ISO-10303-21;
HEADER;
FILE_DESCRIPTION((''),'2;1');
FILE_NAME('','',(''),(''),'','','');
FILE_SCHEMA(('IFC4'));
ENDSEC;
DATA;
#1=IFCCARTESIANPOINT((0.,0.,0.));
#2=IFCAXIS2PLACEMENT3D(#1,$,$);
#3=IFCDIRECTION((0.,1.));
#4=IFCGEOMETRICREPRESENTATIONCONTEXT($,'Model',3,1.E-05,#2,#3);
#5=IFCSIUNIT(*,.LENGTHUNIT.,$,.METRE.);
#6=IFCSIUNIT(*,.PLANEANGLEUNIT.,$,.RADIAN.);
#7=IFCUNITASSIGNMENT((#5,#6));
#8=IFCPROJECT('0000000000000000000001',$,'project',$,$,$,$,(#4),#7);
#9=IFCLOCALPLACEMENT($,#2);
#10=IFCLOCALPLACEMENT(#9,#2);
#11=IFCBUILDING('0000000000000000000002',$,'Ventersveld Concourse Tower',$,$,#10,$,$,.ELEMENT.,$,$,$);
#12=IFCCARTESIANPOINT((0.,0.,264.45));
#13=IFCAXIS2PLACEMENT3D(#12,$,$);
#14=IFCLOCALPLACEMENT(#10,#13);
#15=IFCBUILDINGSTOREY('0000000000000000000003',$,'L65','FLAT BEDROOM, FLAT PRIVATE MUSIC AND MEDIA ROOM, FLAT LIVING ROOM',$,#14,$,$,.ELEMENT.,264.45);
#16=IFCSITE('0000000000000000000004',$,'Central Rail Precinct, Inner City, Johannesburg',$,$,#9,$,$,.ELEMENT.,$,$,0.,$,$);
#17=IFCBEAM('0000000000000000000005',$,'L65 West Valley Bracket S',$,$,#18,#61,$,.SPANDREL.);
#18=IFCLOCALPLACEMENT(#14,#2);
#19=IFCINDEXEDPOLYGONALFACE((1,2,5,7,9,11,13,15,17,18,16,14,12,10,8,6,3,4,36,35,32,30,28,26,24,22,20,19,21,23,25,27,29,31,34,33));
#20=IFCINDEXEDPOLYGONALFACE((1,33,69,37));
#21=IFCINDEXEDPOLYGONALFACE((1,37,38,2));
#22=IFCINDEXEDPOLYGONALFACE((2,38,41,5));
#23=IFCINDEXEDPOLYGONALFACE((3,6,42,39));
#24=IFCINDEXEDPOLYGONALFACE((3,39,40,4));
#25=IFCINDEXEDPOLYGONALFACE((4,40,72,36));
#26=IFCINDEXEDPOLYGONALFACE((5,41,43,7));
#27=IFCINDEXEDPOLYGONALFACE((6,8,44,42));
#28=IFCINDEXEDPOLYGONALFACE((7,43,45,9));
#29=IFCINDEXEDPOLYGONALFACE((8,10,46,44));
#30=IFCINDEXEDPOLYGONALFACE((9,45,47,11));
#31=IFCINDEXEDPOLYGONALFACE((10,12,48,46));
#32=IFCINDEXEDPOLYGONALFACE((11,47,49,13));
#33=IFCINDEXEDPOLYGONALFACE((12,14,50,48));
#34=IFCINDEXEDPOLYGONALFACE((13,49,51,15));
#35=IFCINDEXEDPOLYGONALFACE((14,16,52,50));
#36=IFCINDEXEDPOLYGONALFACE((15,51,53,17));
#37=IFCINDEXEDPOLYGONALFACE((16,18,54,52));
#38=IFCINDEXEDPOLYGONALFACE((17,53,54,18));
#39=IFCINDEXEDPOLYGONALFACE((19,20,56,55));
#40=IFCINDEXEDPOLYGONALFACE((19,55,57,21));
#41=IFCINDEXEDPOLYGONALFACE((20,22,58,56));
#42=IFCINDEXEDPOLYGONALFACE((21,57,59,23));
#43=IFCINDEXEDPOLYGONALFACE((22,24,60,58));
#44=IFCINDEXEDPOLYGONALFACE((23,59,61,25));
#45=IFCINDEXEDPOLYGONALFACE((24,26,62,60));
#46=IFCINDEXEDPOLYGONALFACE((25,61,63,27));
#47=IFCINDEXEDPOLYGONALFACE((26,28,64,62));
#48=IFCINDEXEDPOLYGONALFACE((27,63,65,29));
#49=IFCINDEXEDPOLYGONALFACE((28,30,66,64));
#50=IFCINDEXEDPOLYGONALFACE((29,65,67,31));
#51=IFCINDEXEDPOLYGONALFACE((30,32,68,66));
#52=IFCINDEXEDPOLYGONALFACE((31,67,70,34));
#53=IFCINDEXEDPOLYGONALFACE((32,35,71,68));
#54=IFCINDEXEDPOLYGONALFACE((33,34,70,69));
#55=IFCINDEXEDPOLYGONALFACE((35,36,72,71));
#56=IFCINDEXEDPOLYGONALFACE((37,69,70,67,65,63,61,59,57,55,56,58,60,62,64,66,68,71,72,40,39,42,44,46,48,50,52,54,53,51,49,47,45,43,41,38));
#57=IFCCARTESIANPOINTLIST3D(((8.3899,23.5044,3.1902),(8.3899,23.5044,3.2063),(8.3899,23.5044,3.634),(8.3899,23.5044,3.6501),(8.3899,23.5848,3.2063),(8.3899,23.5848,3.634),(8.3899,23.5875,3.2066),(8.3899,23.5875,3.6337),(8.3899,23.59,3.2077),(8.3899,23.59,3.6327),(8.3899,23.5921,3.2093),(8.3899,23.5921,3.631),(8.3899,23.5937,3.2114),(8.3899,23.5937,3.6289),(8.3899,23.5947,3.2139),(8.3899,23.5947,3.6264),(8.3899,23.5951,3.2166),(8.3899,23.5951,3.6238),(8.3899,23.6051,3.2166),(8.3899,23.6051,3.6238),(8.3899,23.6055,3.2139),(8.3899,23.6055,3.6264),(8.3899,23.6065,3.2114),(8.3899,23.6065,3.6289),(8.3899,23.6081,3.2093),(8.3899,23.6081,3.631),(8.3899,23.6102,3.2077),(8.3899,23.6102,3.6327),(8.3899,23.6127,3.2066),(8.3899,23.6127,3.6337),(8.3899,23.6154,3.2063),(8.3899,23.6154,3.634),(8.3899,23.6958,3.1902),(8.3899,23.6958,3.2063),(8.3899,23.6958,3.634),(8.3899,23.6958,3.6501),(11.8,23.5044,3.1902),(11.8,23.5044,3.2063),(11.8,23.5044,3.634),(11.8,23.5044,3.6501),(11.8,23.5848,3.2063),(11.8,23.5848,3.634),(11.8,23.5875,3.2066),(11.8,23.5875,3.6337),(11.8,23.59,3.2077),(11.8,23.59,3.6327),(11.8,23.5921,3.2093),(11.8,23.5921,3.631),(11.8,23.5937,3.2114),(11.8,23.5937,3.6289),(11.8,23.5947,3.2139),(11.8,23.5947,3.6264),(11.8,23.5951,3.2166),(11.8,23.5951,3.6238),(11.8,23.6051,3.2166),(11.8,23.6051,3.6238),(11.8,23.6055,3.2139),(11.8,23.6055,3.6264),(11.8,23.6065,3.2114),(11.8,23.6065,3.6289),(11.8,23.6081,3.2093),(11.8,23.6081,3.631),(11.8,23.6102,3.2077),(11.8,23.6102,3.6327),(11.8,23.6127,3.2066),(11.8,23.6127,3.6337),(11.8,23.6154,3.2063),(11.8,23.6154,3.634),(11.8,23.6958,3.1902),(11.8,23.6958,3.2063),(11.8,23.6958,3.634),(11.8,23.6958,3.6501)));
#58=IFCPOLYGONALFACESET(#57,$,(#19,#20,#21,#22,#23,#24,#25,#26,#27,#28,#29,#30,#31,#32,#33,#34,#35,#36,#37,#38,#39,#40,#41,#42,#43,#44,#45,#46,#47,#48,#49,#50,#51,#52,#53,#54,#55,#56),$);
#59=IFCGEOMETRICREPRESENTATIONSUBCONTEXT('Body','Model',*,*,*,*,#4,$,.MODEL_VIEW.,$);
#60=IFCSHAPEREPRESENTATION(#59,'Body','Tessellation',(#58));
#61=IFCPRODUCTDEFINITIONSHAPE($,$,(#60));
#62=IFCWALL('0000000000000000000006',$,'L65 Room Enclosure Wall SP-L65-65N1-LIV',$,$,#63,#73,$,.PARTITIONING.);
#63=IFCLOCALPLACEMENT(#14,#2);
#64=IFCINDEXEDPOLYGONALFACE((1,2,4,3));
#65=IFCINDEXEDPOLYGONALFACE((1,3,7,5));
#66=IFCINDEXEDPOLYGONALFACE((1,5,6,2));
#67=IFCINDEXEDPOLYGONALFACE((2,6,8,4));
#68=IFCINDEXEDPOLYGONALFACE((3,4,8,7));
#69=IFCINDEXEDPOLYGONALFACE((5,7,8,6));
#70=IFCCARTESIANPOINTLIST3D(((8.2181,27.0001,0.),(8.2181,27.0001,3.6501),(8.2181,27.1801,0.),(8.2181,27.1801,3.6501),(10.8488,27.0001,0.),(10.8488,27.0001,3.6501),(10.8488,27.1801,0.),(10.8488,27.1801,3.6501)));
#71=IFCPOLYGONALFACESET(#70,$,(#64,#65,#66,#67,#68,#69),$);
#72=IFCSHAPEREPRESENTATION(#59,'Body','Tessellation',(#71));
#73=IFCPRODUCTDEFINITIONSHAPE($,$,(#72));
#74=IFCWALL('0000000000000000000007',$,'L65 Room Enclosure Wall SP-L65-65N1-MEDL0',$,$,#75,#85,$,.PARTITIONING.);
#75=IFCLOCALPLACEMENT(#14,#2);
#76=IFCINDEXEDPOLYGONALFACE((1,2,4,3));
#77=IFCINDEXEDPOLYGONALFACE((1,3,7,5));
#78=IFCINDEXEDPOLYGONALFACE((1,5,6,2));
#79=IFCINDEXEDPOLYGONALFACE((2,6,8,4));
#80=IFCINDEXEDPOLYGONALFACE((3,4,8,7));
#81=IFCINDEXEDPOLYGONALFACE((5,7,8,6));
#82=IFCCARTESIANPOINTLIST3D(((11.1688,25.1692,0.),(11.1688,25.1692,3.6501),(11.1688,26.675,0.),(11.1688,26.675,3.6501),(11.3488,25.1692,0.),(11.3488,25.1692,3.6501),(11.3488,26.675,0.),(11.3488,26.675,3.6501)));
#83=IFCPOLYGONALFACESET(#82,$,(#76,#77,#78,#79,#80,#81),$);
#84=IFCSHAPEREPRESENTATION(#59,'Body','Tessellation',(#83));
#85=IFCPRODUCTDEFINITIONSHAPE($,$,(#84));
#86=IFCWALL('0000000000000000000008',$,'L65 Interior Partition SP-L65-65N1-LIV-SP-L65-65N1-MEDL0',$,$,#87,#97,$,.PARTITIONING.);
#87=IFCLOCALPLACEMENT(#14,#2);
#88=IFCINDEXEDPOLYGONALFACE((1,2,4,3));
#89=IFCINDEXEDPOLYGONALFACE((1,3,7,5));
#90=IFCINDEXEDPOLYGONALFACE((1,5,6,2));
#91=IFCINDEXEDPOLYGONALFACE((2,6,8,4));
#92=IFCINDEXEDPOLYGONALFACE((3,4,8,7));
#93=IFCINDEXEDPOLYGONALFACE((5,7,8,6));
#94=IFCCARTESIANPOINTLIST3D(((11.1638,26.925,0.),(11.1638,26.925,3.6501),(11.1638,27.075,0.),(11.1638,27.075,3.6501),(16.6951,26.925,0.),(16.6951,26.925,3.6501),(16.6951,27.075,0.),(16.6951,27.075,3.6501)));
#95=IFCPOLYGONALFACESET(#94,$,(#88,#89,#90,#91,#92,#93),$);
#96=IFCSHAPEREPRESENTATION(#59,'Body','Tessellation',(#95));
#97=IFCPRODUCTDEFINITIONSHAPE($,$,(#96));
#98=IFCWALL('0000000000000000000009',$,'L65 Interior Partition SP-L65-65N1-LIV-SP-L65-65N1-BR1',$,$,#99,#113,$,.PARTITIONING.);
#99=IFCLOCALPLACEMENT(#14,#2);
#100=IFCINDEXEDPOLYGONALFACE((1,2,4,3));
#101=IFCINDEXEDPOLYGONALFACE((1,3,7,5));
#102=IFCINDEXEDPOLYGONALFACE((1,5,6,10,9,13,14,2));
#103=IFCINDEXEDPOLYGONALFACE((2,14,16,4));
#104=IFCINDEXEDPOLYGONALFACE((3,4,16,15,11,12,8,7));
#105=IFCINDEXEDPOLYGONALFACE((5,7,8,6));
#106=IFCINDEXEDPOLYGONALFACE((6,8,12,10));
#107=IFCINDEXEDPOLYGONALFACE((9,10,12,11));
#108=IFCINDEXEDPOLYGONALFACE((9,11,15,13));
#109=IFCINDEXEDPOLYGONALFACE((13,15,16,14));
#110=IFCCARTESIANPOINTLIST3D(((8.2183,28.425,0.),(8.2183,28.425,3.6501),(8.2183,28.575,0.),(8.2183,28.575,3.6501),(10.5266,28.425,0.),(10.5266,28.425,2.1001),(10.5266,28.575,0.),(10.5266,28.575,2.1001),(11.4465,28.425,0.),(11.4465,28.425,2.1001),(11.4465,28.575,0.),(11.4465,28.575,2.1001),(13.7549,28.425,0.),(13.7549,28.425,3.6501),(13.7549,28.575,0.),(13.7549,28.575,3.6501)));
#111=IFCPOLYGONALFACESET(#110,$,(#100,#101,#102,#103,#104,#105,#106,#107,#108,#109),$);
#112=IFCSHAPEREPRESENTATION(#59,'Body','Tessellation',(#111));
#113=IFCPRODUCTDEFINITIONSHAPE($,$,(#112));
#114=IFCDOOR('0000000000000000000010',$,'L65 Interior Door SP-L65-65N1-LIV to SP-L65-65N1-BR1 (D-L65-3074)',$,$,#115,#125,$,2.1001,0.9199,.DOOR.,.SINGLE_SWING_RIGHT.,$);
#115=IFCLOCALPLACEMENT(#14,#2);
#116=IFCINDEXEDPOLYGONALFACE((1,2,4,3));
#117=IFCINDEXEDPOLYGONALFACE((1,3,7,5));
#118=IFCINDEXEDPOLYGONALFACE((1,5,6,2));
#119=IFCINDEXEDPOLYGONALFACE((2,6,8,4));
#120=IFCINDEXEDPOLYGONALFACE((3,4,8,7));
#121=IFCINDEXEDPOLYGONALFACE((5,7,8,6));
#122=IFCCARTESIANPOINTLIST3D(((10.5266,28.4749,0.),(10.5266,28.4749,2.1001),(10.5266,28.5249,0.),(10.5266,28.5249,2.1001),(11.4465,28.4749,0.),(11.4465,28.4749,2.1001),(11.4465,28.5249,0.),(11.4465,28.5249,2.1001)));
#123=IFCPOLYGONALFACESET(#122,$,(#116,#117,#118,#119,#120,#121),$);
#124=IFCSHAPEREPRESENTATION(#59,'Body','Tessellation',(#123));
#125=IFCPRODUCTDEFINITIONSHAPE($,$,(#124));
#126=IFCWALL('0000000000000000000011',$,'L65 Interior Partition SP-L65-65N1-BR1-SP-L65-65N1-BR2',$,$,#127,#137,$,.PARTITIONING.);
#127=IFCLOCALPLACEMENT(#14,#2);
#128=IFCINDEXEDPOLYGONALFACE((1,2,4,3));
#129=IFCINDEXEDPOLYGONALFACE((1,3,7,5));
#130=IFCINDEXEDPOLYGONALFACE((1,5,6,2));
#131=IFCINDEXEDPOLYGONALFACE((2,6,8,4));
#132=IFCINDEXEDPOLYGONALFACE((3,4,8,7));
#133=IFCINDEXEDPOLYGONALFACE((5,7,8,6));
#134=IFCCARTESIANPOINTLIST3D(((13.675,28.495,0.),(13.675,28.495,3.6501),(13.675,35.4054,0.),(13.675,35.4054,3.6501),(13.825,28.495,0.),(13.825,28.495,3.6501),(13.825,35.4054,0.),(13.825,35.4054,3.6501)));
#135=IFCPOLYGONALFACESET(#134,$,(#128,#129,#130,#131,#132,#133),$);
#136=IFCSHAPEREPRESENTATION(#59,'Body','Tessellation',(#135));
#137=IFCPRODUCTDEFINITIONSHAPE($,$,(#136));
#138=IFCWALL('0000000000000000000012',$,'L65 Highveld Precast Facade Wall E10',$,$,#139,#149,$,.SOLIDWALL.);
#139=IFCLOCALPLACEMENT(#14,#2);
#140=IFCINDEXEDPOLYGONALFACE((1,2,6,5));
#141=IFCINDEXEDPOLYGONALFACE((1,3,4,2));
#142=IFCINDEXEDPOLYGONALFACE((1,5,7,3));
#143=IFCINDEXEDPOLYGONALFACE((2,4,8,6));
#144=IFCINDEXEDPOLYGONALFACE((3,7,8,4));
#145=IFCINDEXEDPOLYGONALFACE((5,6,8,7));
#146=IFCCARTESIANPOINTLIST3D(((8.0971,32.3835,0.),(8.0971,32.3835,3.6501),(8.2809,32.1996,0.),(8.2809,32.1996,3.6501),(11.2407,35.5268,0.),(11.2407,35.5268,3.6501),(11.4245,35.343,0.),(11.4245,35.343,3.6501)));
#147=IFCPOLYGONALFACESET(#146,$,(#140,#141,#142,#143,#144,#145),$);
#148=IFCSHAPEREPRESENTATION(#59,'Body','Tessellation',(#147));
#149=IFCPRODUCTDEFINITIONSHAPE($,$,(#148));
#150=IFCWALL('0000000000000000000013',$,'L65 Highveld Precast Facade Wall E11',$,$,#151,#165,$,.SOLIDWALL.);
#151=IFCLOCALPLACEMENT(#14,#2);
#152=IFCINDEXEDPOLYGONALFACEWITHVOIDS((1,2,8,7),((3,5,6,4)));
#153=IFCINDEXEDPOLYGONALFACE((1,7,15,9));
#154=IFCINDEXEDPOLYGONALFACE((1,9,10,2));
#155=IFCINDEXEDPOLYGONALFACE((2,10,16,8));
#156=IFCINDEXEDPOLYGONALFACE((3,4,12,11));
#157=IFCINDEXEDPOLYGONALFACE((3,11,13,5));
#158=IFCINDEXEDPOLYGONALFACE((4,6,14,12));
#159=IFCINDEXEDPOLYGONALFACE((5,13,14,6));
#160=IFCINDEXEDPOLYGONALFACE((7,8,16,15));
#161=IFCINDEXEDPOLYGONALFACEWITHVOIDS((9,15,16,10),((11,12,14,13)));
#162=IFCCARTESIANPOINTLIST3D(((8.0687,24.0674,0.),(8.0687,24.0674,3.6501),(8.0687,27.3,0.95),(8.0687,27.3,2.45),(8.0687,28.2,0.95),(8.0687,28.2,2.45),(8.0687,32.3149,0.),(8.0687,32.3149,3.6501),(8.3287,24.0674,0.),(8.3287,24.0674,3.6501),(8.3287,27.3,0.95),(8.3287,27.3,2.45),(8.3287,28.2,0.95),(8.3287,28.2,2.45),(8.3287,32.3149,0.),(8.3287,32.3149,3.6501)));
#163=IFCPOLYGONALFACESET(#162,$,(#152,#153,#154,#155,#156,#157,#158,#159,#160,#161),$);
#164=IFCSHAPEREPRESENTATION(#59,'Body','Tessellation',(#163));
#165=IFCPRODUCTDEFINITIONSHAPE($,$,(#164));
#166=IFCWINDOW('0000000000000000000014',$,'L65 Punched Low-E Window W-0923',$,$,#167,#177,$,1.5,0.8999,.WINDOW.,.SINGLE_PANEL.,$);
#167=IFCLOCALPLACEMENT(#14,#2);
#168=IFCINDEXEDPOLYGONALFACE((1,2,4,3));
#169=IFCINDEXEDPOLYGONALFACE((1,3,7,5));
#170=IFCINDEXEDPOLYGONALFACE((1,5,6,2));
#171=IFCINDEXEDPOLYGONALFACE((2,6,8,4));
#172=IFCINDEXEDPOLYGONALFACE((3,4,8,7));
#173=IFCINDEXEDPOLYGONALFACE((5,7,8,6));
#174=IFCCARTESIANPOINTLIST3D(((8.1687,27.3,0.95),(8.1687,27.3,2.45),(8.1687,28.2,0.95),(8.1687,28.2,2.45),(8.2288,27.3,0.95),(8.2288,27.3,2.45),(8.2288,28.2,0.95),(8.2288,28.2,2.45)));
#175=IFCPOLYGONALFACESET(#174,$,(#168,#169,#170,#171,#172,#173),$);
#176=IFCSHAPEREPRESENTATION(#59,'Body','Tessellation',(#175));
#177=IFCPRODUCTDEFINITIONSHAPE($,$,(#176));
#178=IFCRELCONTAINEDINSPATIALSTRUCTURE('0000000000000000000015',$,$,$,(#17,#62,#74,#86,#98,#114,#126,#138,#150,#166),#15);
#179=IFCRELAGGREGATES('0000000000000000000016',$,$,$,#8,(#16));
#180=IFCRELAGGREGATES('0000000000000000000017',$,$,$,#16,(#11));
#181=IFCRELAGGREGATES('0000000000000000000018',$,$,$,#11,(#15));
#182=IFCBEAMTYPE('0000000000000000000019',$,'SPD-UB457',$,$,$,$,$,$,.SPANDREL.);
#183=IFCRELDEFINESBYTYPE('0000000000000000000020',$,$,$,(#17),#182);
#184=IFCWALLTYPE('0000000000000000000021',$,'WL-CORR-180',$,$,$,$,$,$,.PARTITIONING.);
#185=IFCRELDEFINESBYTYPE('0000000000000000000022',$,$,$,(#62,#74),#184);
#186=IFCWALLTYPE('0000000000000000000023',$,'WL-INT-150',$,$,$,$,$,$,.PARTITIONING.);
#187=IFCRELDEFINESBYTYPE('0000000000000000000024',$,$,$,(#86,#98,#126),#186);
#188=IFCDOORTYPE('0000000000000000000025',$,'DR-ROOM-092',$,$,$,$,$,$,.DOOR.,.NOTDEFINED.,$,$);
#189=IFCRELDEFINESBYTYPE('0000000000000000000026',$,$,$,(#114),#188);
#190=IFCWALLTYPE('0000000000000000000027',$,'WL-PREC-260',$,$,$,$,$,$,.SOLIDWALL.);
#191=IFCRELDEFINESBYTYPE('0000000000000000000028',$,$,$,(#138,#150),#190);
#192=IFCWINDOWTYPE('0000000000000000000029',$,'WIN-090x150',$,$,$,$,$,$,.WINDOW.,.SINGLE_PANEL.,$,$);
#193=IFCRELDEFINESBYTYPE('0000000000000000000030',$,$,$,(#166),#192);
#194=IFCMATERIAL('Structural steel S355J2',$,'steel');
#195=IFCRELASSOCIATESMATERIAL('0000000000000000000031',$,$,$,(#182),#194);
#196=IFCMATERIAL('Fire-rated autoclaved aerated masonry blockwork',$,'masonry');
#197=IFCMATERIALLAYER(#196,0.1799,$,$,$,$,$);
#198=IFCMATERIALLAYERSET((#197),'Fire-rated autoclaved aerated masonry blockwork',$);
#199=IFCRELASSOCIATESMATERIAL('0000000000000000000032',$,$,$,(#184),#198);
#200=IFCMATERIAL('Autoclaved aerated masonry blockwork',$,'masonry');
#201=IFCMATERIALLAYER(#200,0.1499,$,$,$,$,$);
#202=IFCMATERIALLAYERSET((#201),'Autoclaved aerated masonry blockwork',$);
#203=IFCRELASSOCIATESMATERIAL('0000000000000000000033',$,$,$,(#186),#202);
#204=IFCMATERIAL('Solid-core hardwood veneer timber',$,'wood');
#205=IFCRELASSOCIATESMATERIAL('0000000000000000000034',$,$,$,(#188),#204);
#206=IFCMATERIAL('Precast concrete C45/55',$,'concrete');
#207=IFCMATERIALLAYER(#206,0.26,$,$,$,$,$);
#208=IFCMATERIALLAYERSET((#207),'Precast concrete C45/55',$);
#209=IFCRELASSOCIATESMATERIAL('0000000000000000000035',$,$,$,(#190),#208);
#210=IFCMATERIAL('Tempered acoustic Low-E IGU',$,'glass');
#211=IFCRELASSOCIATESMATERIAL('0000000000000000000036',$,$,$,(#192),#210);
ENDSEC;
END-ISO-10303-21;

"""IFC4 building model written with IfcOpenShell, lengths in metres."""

from ifc_helpers import new_model, si_unit, direction, frame, frame_2d, origin, origin_2d, place, context, subcontext, project, spatial, rectangle, i_section, extrude, material, layer, layer_set, material_profile, profile_set, type_object, element, fill, save


model = new_model("IFC4")

# Units and contexts
model_context = context("Model", 3, precision=1e-05, world=origin(), true_north=direction((0.0, 1.0)))
body_context = subcontext(model_context, "Body", "Model", "MODEL_VIEW")
ifc_project = project(units=[si_unit("LENGTHUNIT", "METRE"), si_unit("PLANEANGLEUNIT", "RADIAN")], contexts=[model_context])

# Site, building, storey
site_placement = place(None, origin())
site = spatial("IfcSite", under=ifc_project, at=site_placement, Name="Central Rail Precinct, Inner City, Johannesburg", CompositionType="ELEMENT", RefElevation=0.0)
building_placement = place(site_placement, origin())
building = spatial("IfcBuilding", under=site, at=building_placement, Name="Ventersveld Concourse Tower", CompositionType="ELEMENT")
storey_placement = place(building_placement, frame((0.0, 0.0, 264.45)))
storey = spatial("IfcBuildingStorey", under=building, at=storey_placement, Name="L65", Description="FLAT BEDROOM, FLAT PRIVATE MUSIC AND MEDIA ROOM, FLAT LIVING ROOM", CompositionType="ELEMENT", Elevation=264.45)

# Beam
ifc_material_1 = material(Name="Structural steel S355J2", Category="steel")
ifc_material_profile_1 = material_profile(ifc_material_1, i_section(OverallWidth=0.1914, OverallDepth=0.46, WebThickness=0.01, FlangeThickness=0.0161, FilletRadius=0.0103, at=origin_2d()), Name="UB 457x191x82")
ifc_profile_set_1 = profile_set([ifc_material_profile_1], Name="Structural steel S355J2")
beam_type_1 = type_object("IfcBeamType", Name="SPD-UB457", PredefinedType="SPANDREL", material=ifc_profile_set_1)
beam_1_placement = place(storey_placement, frame((8.3899, 23.6001, 3.4202), z_axis=(1.0, 0.0, 0.0), x_axis=(0.0, 1.0, 0.0)))
element("IfcBeam", 1, at=beam_1_placement, inside=storey, type_object=beam_type_1, Name="L65 West Valley Bracket S", PredefinedType="SPANDREL", context=body_context, shape_type="SweptSolid", body=[
    extrude(i_section(OverallWidth=0.1914, OverallDepth=0.46, WebThickness=0.01, FlangeThickness=0.0161, FilletRadius=0.0103, at=origin_2d()), origin(), (0.0, 0.0, 1.0), 3.4102),
])

# Walls
ifc_material_2 = material(Name="Fire-rated autoclaved aerated masonry blockwork", Category="masonry")
ifc_layer_1 = layer(ifc_material_2, 0.1799)
ifc_layer_set_1 = layer_set([ifc_layer_1], Name="Fire-rated autoclaved aerated masonry blockwork")
wall_type_1 = type_object("IfcWallType", Name="WL-CORR-180", PredefinedType="PARTITIONING", material=ifc_layer_set_1)
wall_1_placement = place(storey_placement, frame((10.8489, 27.0901, 0.0), z_axis=(0.0, 0.0, 1.0), x_axis=(-1.0, 0.0, 0.0)))
element("IfcWall", 2, at=wall_1_placement, inside=storey, type_object=wall_type_1, Name="L65 Room Enclosure Wall SP-L65-65N1-LIV", PredefinedType="PARTITIONING", context=body_context, shape_type="SweptSolid", body=[
    extrude(rectangle(XDim=2.6306, YDim=0.1799, at=frame_2d((1.3154, 0.0))), origin(), (0.0, 0.0, 1.0), 3.6501),
])
wall_2_placement = place(storey_placement, frame((11.2588, 25.1692, 0.0), z_axis=(0.0, 0.0, 1.0), x_axis=(0.0, 1.0, 0.0)))
element("IfcWall", 3, at=wall_2_placement, inside=storey, type_object=wall_type_1, Name="L65 Room Enclosure Wall SP-L65-65N1-MEDL0", PredefinedType="PARTITIONING", context=body_context, shape_type="SweptSolid", body=[
    extrude(rectangle(XDim=1.5059, YDim=0.1799, at=frame_2d((0.7529, 0.0))), origin(), (0.0, 0.0, 1.0), 3.6501),
])
ifc_material_3 = material(Name="Autoclaved aerated masonry blockwork", Category="masonry")
ifc_layer_2 = layer(ifc_material_3, 0.1499)
ifc_layer_set_2 = layer_set([ifc_layer_2], Name="Autoclaved aerated masonry blockwork")
wall_type_2 = type_object("IfcWallType", Name="WL-INT-150", PredefinedType="PARTITIONING", material=ifc_layer_set_2)
wall_3_placement = place(storey_placement, frame((11.1638, 27.0, 0.0), z_axis=(0.0, 0.0, 1.0), x_axis=(1.0, 0.0, 0.0)))
element("IfcWall", 4, at=wall_3_placement, inside=storey, type_object=wall_type_2, Name="L65 Interior Partition SP-L65-65N1-LIV-SP-L65-65N1-MEDL0", PredefinedType="PARTITIONING", context=body_context, shape_type="SweptSolid", body=[
    extrude(rectangle(XDim=5.5312, YDim=0.1499, at=frame_2d((2.7656, 0.0))), origin(), (0.0, 0.0, 1.0), 3.6501),
])

# Wall, opening, door
wall_4_placement = place(storey_placement, frame((8.2183, 28.5, 0.0), z_axis=(0.0, 0.0, 1.0), x_axis=(1.0, 0.0, 0.0)))
wall_4 = element("IfcWall", 5, at=wall_4_placement, inside=storey, type_object=wall_type_2, Name="L65 Interior Partition SP-L65-65N1-LIV-SP-L65-65N1-BR1", PredefinedType="PARTITIONING", context=body_context, shape_type="SweptSolid", body=[
    extrude(rectangle(XDim=5.5366, YDim=0.1499, at=frame_2d((2.7683, 0.0))), origin(), (0.0, 0.0, 1.0), 3.6501),
])
opening_1_placement = place(wall_4_placement, frame((2.3083, 0.0, 0.0)))
opening_1 = element("IfcOpeningElement", 6, at=opening_1_placement, cuts=wall_4, PredefinedType="OPENING", context=body_context, shape_type="SweptSolid", body=[
    extrude(rectangle(XDim=0.9199, YDim=2.1001, at=frame_2d((0.46, 1.05))), frame((0.0, 0.085, 0.0), z_axis=(0.0, -1.0, 0.0), x_axis=(1.0, 0.0, 0.0)), (0.0, 0.0, 1.0), 0.1699),
])
ifc_material_4 = material(Name="Solid-core hardwood veneer timber", Category="wood")
door_type_1 = type_object("IfcDoorType", Name="DR-ROOM-092", OperationType="NOTDEFINED", PredefinedType="DOOR", material=ifc_material_4)
door_1_placement = place(opening_1_placement, origin())
door_1 = element("IfcDoor", 7, at=door_1_placement, inside=storey, type_object=door_type_1, Name="L65 Interior Door SP-L65-65N1-LIV to SP-L65-65N1-BR1 (D-L65-3074)", OperationType="SINGLE_SWING_RIGHT", OverallHeight=2.1001, OverallWidth=0.9199, PredefinedType="DOOR", context=body_context, shape_type="SweptSolid", body=[
    extrude(rectangle(XDim=0.9199, YDim=2.1001, at=frame_2d((0.46, 1.05))), frame((0.0, 0.0249, 0.0), z_axis=(0.0, -1.0, 0.0), x_axis=(1.0, 0.0, 0.0)), (0.0, 0.0, 1.0), 0.05),
])
fill(opening_1, door_1)

# Walls
wall_5_placement = place(storey_placement, frame((13.75, 28.4951, 0.0), z_axis=(0.0, 0.0, 1.0), x_axis=(0.0, 1.0, 0.0)))
element("IfcWall", 8, at=wall_5_placement, inside=storey, type_object=wall_type_2, Name="L65 Interior Partition SP-L65-65N1-BR1-SP-L65-65N1-BR2", PredefinedType="PARTITIONING", context=body_context, shape_type="SweptSolid", body=[
    extrude(rectangle(XDim=6.9104, YDim=0.1499, at=frame_2d((3.4551, 0.0))), origin(), (0.0, 0.0, 1.0), 3.6501),
])
ifc_material_5 = material(Name="Precast concrete C45/55", Category="concrete")
ifc_layer_3 = layer(ifc_material_5, 0.26)
ifc_layer_set_3 = layer_set([ifc_layer_3], Name="Precast concrete C45/55")
wall_type_3 = type_object("IfcWallType", Name="WL-PREC-260", PredefinedType="SOLIDWALL", material=ifc_layer_set_3)
wall_6_placement = place(storey_placement, frame((11.3325, 35.4348, 0.0), z_axis=(0.0, 0.0, 1.0), x_axis=(-0.707134, -0.707079, 0.0)))
element("IfcWall", 9, at=wall_6_placement, inside=storey, type_object=wall_type_3, Name="L65 Highveld Precast Facade Wall E10", PredefinedType="SOLIDWALL", context=body_context, shape_type="SweptSolid", body=[
    extrude(rectangle(XDim=4.4456, YDim=0.26, at=frame_2d((2.2227, 0.0))), origin(), (0.0, 0.0, 1.0), 3.6501),
])

# Wall, opening, window
wall_7_placement = place(storey_placement, frame((8.1987, 32.3149, 0.0), z_axis=(0.0, 0.0, 1.0), x_axis=(0.0, -1.0, 0.0)))
wall_7 = element("IfcWall", 10, at=wall_7_placement, inside=storey, type_object=wall_type_3, Name="L65 Highveld Precast Facade Wall E11", PredefinedType="SOLIDWALL", context=body_context, shape_type="SweptSolid", body=[
    extrude(rectangle(XDim=8.2476, YDim=0.26, at=frame_2d((4.1238, 0.0))), origin(), (0.0, 0.0, 1.0), 3.6501),
])
opening_2_placement = place(wall_7_placement, frame((4.115, 0.0, 0.95)))
opening_2 = element("IfcOpeningElement", 11, at=opening_2_placement, cuts=wall_7, PredefinedType="OPENING", context=body_context, shape_type="SweptSolid", body=[
    extrude(rectangle(XDim=0.8999, YDim=1.5, at=frame_2d((0.45, 0.75))), frame((0.0, 0.1401, 0.0), z_axis=(0.0, -1.0, 0.0), x_axis=(1.0, 0.0, 0.0)), (0.0, 0.0, 1.0), 0.28),
])
ifc_material_6 = material(Name="Tempered acoustic Low-E IGU", Category="glass")
window_type = type_object("IfcWindowType", Name="WIN-090x150", PartitioningType="SINGLE_PANEL", PredefinedType="WINDOW", material=ifc_material_6)
window_placement = place(opening_2_placement, origin())
window = element("IfcWindow", 12, at=window_placement, inside=storey, type_object=window_type, Name="L65 Punched Low-E Window W-0923", OverallHeight=1.5, OverallWidth=0.8999, PartitioningType="SINGLE_PANEL", PredefinedType="WINDOW", context=body_context, shape_type="SweptSolid", body=[
    extrude(rectangle(XDim=0.8999, YDim=1.5, at=frame_2d((0.45, 0.75))), frame((0.0, 0.03, 0.0), z_axis=(0.0, -1.0, 0.0), x_axis=(1.0, 0.0, 0.0)), (0.0, 0.0, 1.0), 0.0601),
])
fill(opening_2, window)

save(model, "model.ifc")
